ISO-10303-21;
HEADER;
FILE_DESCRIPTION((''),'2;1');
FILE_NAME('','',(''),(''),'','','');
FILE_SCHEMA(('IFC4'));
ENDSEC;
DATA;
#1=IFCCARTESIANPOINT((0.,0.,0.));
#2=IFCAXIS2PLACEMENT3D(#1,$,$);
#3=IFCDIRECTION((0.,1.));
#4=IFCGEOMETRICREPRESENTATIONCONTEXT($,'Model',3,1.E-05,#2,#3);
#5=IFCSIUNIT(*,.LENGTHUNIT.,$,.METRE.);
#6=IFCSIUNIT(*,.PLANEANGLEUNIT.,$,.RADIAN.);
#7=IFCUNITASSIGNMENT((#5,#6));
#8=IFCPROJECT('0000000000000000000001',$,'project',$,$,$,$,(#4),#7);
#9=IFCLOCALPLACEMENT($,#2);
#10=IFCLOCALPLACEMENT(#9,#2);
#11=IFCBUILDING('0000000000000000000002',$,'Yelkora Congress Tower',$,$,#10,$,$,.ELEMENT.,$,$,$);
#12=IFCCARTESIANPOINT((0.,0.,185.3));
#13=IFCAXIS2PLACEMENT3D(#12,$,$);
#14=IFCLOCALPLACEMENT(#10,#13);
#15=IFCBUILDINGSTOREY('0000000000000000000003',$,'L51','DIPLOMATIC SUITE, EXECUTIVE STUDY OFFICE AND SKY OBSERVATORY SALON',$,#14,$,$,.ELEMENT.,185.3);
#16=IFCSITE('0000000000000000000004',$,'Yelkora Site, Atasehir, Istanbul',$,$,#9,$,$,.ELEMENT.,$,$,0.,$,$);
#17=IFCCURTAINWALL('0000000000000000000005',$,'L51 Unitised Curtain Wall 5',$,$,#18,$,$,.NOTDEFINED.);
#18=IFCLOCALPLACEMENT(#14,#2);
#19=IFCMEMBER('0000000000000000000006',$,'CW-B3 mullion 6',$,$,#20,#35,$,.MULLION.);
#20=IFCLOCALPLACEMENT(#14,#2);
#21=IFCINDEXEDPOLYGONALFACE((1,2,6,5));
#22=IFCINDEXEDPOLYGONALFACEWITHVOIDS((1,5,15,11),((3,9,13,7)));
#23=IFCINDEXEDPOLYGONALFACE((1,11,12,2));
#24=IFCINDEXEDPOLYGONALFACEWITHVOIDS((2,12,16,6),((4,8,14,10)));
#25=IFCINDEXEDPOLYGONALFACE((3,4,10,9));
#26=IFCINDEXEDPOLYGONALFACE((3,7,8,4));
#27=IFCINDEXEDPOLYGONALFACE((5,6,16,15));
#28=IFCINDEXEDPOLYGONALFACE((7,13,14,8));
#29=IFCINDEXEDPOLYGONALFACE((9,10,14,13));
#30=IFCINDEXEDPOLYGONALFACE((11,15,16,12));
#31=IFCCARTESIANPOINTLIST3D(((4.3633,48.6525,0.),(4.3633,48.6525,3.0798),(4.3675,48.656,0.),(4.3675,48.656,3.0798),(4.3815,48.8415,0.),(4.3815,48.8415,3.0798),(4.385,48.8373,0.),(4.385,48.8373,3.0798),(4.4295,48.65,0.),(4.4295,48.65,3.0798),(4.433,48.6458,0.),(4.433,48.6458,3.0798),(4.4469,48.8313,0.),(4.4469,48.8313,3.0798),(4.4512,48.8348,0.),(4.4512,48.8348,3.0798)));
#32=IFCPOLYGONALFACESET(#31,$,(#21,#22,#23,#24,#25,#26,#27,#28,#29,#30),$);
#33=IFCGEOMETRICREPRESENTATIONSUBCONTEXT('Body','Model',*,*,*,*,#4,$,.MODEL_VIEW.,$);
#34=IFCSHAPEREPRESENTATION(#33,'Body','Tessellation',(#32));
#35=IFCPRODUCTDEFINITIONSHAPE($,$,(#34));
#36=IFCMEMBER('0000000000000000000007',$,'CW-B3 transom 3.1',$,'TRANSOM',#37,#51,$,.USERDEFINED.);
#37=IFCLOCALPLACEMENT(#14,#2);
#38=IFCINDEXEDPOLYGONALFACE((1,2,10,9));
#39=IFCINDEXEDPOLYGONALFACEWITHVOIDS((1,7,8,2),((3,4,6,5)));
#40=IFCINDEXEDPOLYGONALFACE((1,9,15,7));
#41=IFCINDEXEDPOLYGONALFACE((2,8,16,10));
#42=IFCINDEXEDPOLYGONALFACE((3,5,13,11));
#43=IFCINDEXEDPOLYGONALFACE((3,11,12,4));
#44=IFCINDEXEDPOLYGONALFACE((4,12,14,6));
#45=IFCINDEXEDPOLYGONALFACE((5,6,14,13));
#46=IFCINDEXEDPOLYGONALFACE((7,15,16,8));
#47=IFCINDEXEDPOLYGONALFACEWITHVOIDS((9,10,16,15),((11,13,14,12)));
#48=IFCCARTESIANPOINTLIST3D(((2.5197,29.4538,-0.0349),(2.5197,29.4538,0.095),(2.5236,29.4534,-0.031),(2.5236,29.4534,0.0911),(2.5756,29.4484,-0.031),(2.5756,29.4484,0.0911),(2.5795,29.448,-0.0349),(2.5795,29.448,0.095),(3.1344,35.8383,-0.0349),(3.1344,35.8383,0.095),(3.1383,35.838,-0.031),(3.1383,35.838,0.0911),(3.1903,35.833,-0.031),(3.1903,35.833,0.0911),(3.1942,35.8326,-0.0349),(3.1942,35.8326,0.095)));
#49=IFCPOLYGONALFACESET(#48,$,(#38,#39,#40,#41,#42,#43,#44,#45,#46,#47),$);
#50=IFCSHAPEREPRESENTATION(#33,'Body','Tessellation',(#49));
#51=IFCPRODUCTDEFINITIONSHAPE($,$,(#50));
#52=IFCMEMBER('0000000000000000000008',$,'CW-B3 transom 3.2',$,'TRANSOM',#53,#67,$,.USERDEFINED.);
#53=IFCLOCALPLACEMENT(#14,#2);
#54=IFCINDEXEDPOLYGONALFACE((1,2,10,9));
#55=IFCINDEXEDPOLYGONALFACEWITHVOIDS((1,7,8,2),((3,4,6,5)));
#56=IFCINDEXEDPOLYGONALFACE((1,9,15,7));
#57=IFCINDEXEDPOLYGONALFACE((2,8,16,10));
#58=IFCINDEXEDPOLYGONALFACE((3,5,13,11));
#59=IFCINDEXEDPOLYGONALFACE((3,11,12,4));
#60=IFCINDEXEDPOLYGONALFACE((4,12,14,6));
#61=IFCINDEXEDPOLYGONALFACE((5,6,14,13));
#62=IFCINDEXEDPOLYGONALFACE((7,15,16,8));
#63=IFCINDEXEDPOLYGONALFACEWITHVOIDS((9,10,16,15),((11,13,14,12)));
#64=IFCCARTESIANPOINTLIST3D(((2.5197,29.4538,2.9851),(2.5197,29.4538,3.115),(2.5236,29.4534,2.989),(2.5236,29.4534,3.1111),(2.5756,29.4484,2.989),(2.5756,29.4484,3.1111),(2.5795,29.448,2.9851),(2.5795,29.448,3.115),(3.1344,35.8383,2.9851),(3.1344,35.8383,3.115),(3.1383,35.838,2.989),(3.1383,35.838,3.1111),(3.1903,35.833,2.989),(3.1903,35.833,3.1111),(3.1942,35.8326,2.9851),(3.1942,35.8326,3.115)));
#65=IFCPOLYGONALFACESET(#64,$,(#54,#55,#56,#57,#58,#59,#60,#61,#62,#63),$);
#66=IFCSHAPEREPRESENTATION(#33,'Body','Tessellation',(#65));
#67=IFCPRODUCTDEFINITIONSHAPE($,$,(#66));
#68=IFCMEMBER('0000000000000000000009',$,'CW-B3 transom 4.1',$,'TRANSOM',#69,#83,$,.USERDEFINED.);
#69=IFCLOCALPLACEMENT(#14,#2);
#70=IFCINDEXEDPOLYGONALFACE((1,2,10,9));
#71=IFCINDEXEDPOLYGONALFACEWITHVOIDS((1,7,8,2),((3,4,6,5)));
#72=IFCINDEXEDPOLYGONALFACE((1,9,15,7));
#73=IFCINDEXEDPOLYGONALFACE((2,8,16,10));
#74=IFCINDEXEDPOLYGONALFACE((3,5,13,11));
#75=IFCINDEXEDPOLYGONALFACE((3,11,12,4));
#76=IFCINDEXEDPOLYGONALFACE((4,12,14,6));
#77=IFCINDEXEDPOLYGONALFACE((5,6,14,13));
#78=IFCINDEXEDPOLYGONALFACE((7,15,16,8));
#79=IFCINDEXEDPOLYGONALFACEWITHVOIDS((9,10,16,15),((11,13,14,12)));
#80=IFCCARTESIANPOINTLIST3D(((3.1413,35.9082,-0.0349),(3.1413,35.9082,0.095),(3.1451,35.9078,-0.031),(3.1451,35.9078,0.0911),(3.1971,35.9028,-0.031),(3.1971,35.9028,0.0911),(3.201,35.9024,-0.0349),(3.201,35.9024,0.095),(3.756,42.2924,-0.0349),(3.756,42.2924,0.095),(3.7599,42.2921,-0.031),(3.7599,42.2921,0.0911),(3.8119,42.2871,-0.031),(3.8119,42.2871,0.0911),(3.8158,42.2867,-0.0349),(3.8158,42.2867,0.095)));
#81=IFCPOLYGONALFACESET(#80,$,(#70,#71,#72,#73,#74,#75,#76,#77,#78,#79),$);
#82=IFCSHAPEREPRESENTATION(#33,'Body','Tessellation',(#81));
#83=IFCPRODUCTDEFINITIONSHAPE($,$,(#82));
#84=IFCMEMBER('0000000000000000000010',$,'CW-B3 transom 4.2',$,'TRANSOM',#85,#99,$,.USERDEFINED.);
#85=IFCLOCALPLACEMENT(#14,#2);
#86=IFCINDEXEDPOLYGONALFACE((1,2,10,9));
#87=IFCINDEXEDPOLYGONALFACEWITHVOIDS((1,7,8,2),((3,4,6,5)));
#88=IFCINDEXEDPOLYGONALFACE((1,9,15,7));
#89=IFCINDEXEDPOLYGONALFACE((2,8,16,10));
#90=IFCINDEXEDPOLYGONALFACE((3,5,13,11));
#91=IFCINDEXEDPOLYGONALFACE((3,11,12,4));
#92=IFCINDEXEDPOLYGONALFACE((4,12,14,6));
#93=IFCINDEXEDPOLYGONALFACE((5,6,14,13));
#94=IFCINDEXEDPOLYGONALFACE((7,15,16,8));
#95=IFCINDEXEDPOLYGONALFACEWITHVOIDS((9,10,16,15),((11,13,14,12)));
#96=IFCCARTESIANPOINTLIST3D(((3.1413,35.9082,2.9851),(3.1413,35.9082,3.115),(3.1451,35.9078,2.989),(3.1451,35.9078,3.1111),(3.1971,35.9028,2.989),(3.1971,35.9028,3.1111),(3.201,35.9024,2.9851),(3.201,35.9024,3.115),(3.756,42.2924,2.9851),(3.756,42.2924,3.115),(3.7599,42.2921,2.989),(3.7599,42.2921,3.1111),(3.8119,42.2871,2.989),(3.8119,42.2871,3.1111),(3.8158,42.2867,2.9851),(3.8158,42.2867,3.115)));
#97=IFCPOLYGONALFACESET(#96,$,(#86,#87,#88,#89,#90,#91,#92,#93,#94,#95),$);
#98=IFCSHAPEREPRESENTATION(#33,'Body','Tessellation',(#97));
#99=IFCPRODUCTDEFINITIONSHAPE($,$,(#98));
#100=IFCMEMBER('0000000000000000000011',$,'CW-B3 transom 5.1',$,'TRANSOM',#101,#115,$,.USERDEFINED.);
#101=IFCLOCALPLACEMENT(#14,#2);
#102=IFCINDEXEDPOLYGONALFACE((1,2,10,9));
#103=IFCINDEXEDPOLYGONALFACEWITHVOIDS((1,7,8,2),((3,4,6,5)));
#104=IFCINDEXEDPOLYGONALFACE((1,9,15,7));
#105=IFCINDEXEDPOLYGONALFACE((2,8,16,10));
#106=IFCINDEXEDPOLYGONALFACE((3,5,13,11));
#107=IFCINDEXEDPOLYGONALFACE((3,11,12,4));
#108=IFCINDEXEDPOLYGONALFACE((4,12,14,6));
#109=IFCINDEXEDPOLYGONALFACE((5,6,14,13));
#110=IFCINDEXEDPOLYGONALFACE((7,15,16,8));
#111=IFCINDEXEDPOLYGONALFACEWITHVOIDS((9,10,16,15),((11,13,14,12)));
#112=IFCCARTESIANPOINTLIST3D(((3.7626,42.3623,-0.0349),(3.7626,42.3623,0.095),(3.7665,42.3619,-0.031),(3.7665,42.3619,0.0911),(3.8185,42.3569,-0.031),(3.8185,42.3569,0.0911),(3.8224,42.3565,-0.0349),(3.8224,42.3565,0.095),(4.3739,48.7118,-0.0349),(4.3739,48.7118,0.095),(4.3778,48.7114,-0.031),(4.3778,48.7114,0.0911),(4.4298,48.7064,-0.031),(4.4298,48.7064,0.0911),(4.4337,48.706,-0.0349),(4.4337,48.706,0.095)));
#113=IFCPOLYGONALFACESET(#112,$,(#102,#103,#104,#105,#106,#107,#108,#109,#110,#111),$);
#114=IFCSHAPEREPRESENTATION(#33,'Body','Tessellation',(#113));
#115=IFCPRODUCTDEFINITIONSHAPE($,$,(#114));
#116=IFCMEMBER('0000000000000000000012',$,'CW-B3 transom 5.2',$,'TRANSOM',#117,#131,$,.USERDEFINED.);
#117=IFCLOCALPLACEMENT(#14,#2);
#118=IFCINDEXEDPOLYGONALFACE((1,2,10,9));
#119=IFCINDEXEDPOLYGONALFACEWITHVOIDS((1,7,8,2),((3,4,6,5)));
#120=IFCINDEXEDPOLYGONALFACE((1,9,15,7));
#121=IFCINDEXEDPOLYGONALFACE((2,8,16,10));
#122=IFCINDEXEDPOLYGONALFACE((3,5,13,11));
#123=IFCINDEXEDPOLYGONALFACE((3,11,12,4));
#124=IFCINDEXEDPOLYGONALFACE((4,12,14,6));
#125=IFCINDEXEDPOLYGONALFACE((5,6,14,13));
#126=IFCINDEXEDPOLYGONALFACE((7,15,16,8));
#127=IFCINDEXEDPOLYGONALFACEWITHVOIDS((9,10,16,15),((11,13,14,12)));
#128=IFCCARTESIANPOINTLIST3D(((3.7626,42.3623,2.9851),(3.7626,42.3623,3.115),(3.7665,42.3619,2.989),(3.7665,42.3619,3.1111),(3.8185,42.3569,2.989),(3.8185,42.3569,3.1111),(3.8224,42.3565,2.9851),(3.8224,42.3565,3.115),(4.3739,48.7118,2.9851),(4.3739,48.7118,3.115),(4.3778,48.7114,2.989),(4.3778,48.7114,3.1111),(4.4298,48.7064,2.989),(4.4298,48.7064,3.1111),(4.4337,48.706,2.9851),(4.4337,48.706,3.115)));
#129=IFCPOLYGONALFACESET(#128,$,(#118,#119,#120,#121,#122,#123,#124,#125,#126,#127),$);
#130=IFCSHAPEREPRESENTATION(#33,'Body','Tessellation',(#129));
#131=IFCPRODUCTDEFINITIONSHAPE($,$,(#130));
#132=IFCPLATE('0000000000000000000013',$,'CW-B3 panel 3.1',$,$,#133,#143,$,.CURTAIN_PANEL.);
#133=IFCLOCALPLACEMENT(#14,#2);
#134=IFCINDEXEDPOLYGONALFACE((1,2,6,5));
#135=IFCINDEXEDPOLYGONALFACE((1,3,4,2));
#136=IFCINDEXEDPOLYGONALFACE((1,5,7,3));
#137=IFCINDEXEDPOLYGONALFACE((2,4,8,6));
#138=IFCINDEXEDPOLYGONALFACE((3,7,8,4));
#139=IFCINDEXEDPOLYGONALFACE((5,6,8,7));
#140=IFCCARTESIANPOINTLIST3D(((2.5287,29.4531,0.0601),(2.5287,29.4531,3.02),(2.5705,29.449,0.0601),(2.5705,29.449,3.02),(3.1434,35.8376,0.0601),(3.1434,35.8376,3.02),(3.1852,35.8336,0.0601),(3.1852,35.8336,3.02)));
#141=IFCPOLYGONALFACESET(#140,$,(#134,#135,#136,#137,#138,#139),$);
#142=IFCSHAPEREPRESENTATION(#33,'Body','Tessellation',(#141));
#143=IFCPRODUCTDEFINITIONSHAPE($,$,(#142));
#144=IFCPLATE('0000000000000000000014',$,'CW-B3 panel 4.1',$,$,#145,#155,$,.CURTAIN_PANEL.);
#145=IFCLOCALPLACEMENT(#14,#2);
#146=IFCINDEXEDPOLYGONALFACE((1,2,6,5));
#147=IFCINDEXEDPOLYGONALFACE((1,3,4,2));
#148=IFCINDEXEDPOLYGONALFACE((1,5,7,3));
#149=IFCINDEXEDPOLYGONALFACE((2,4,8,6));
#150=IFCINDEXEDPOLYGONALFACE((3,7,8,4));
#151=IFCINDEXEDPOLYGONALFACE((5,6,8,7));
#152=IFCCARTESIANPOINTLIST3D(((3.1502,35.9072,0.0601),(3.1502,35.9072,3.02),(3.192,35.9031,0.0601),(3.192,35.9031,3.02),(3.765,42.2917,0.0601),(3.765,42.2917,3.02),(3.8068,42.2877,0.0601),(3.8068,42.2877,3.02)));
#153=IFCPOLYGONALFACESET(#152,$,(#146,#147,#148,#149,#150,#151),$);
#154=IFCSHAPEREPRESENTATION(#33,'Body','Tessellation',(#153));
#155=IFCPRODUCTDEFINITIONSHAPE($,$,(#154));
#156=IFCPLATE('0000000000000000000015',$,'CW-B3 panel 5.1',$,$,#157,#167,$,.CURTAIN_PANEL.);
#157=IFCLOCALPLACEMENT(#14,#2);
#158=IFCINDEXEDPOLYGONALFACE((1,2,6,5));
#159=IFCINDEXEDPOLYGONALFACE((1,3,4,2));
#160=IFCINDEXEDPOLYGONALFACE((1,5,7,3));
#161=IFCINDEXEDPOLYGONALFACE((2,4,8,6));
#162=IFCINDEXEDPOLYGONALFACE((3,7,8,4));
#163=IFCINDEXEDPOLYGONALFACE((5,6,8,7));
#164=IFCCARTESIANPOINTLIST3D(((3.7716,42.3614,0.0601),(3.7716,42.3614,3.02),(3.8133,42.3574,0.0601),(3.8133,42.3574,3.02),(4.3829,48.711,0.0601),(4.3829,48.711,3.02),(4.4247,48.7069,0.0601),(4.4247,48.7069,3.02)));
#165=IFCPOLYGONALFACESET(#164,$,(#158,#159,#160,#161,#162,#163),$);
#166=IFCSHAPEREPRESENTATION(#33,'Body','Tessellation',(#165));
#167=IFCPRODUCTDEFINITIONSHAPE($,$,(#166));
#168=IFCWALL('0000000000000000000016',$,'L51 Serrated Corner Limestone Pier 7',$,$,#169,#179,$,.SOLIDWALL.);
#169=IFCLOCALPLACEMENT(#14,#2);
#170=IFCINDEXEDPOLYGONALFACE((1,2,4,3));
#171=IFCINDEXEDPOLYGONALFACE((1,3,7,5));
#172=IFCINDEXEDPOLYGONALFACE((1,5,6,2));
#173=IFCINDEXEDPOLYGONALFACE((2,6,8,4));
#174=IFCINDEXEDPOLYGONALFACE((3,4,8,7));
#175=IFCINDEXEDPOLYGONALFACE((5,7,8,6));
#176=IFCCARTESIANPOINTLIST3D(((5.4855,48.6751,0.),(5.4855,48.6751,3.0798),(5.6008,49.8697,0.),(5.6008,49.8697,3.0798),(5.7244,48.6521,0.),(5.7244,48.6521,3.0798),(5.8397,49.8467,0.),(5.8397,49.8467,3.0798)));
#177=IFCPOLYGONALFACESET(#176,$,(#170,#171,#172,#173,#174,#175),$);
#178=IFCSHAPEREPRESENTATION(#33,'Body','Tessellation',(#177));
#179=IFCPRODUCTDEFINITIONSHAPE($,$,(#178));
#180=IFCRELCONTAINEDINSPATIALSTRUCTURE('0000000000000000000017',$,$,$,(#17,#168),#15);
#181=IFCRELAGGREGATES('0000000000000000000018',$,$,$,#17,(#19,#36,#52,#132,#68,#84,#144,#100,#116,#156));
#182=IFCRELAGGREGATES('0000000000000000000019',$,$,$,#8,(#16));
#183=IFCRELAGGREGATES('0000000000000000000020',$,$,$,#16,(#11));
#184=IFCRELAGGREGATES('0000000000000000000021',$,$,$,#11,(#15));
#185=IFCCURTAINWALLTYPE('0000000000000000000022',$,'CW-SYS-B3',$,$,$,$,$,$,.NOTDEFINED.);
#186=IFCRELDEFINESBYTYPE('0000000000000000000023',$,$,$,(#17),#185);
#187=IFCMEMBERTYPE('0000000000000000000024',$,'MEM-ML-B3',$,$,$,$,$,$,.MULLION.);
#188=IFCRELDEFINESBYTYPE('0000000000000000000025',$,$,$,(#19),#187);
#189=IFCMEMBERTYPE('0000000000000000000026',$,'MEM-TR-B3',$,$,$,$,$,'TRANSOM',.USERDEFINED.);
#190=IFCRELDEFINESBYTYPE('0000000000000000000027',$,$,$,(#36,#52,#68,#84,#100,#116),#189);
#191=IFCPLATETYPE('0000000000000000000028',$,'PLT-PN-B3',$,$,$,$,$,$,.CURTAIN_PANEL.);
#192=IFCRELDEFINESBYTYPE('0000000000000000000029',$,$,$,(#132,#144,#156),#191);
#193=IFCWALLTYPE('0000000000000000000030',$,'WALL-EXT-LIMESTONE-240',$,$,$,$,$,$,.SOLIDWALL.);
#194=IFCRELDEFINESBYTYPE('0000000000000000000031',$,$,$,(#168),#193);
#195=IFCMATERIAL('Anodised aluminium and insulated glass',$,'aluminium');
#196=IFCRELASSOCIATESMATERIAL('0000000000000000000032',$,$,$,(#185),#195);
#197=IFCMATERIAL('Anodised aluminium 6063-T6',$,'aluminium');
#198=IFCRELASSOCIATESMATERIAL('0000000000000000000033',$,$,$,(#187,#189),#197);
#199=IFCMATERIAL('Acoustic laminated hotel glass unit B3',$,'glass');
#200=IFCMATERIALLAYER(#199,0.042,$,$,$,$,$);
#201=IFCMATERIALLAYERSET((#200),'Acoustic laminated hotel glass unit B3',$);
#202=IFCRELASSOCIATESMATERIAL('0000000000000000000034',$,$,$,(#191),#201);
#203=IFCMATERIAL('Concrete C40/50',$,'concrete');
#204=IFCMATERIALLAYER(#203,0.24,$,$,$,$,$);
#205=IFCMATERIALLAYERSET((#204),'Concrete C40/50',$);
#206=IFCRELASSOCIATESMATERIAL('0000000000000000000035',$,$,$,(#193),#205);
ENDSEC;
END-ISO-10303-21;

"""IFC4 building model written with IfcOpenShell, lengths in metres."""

from ifc_helpers import new_model, si_unit, direction, frame, frame_2d, origin, origin_2d, place, context, subcontext, project, spatial, rectangle, hollow_rectangle, extrude, material, layer, layer_set, material_profile, profile_set, type_object, element, aggregate, save


model = new_model("IFC4")

# Units and contexts
model_context = context("Model", 3, precision=1e-05, world=origin(), true_north=direction((0.0, 1.0)))
body_context = subcontext(model_context, "Body", "Model", "MODEL_VIEW")
ifc_project = project(units=[si_unit("LENGTHUNIT", "METRE"), si_unit("PLANEANGLEUNIT", "RADIAN")], contexts=[model_context])

# Site, building, storey
site_placement = place(None, origin())
site = spatial("IfcSite", under=ifc_project, at=site_placement, Name="Yelkora Site, Atasehir, Istanbul", CompositionType="ELEMENT", RefElevation=0.0)
building_placement = place(site_placement, origin())
building = spatial("IfcBuilding", under=site, at=building_placement, Name="Yelkora Congress Tower", CompositionType="ELEMENT")
storey_placement = place(building_placement, frame((0.0, 0.0, 185.3)))
storey = spatial("IfcBuildingStorey", under=building, at=storey_placement, Name="L51", Description="DIPLOMATIC SUITE, EXECUTIVE STUDY OFFICE AND SKY OBSERVATORY SALON", CompositionType="ELEMENT", Elevation=185.3)

# Curtain wall, members, plates
ifc_material_1 = material(Name="Anodised aluminium and insulated glass", Category="aluminium")
curtain_wall_type = type_object("IfcCurtainWallType", Name="CW-SYS-B3", PredefinedType="NOTDEFINED", material=ifc_material_1)
curtain_wall_placement = place(storey_placement, origin())
curtain_wall = element("IfcCurtainWall", 1, at=curtain_wall_placement, inside=storey, type_object=curtain_wall_type, Name="L51 Unitised Curtain Wall 5", PredefinedType="NOTDEFINED")
ifc_material_2 = material(Name="Anodised aluminium 6063-T6", Category="aluminium")
ifc_material_profile_1 = material_profile(ifc_material_2, hollow_rectangle(XDim=0.0701, YDim=0.1899, WallThickness=0.0039, at=origin_2d()), Name="ALU 70x190x4")
ifc_profile_set_1 = profile_set([ifc_material_profile_1], Name="Anodised aluminium 6063-T6")
member_type_1 = type_object("IfcMemberType", Name="MEM-ML-B3", PredefinedType="MULLION", material=ifc_profile_set_1)
member_1_placement = place(storey_placement, frame((4.4072, 48.7437, 0.0), z_axis=(0.0, 0.0, 1.0), x_axis=(-0.995396, 0.095845, 0.0)))
member_1 = element("IfcMember", 2, at=member_1_placement, type_object=member_type_1, Name="CW-B3 mullion 6", PredefinedType="MULLION", context=body_context, shape_type="SweptSolid", body=[
    extrude(hollow_rectangle(XDim=0.0701, YDim=0.1899, WallThickness=0.0039, at=origin_2d()), origin(), (0.0, 0.0, 1.0), 3.0798),
])
ifc_material_profile_2 = material_profile(ifc_material_2, hollow_rectangle(XDim=0.0601, YDim=0.1299, WallThickness=0.0039, at=origin_2d()), Name="ALU 60x130x4")
ifc_profile_set_2 = profile_set([ifc_material_profile_2], Name="Anodised aluminium 6063-T6")
member_type_2 = type_object("IfcMemberType", Name="MEM-TR-B3", ElementType="TRANSOM", PredefinedType="USERDEFINED", material=ifc_profile_set_2)
member_2_placement = place(storey_placement, frame((2.5496, 29.4509, 0.03), z_axis=(0.095844, 0.995396, 0.0), x_axis=(-0.995396, 0.095844, 0.0)))
member_2 = element("IfcMember", 3, at=member_2_placement, type_object=member_type_2, Name="CW-B3 transom 3.1", ObjectType="TRANSOM", PredefinedType="USERDEFINED", context=body_context, shape_type="SweptSolid", body=[
    extrude(hollow_rectangle(XDim=0.0601, YDim=0.1299, WallThickness=0.0039, at=origin_2d()), origin(), (0.0, 0.0, 1.0), 6.4141),
])
member_3_placement = place(storey_placement, frame((2.5496, 29.4509, 3.05), z_axis=(0.095844, 0.995396, 0.0), x_axis=(-0.995396, 0.095844, 0.0)))
member_3 = element("IfcMember", 4, at=member_3_placement, type_object=member_type_2, Name="CW-B3 transom 3.2", ObjectType="TRANSOM", PredefinedType="USERDEFINED", context=body_context, shape_type="SweptSolid", body=[
    extrude(hollow_rectangle(XDim=0.0601, YDim=0.1299, WallThickness=0.0039, at=origin_2d()), origin(), (0.0, 0.0, 1.0), 6.4141),
])
member_4_placement = place(storey_placement, frame((3.1711, 35.9053, 0.03), z_axis=(0.095847, 0.995396, 0.0), x_axis=(-0.995396, 0.095847, 0.0)))
member_4 = element("IfcMember", 5, at=member_4_placement, type_object=member_type_2, Name="CW-B3 transom 4.1", ObjectType="TRANSOM", PredefinedType="USERDEFINED", context=body_context, shape_type="SweptSolid", body=[
    extrude(hollow_rectangle(XDim=0.0601, YDim=0.1299, WallThickness=0.0039, at=origin_2d()), origin(), (0.0, 0.0, 1.0), 6.4138),
])
member_5_placement = place(storey_placement, frame((3.1711, 35.9053, 3.05), z_axis=(0.095847, 0.995396, 0.0), x_axis=(-0.995396, 0.095847, 0.0)))
member_5 = element("IfcMember", 6, at=member_5_placement, type_object=member_type_2, Name="CW-B3 transom 4.2", ObjectType="TRANSOM", PredefinedType="USERDEFINED", context=body_context, shape_type="SweptSolid", body=[
    extrude(hollow_rectangle(XDim=0.0601, YDim=0.1299, WallThickness=0.0039, at=origin_2d()), origin(), (0.0, 0.0, 1.0), 6.4138),
])
member_6_placement = place(storey_placement, frame((3.7925, 42.3594, 0.03), z_axis=(0.095835, 0.995397, 0.0), x_axis=(-0.995397, 0.095835, 0.0)))
member_6 = element("IfcMember", 7, at=member_6_placement, type_object=member_type_2, Name="CW-B3 transom 5.1", ObjectType="TRANSOM", PredefinedType="USERDEFINED", context=body_context, shape_type="SweptSolid", body=[
    extrude(hollow_rectangle(XDim=0.0601, YDim=0.1299, WallThickness=0.0039, at=origin_2d()), origin(), (0.0, 0.0, 1.0), 6.3789),
])
member_7_placement = place(storey_placement, frame((3.7925, 42.3594, 3.05), z_axis=(0.095835, 0.995397, 0.0), x_axis=(-0.995397, 0.095835, 0.0)))
member_7 = element("IfcMember", 8, at=member_7_placement, type_object=member_type_2, Name="CW-B3 transom 5.2", ObjectType="TRANSOM", PredefinedType="USERDEFINED", context=body_context, shape_type="SweptSolid", body=[
    extrude(hollow_rectangle(XDim=0.0601, YDim=0.1299, WallThickness=0.0039, at=origin_2d()), origin(), (0.0, 0.0, 1.0), 6.3789),
])
ifc_material_3 = material(Name="Acoustic laminated hotel glass unit B3", Category="glass")
ifc_layer_1 = layer(ifc_material_3, 0.042)
ifc_layer_set_1 = layer_set([ifc_layer_1], Name="Acoustic laminated hotel glass unit B3")
plate_type = type_object("IfcPlateType", Name="PLT-PN-B3", PredefinedType="CURTAIN_PANEL", material=ifc_layer_set_1)
plate_1_placement = place(storey_placement, frame((2.8569, 32.6433, 0.0601), z_axis=(0.0, 0.0, 1.0), x_axis=(0.095845, 0.995396, 0.0)))
plate_1 = element("IfcPlate", 9, at=plate_1_placement, type_object=plate_type, Name="CW-B3 panel 3.1", PredefinedType="CURTAIN_PANEL", context=body_context, shape_type="SweptSolid", body=[
    extrude(rectangle(XDim=6.4141, YDim=0.042, at=origin_2d()), origin(), (0.0, 0.0, 1.0), 2.96),
])
plate_2_placement = place(storey_placement, frame((3.4785, 39.0974, 0.0601), z_axis=(0.0, 0.0, 1.0), x_axis=(0.095845, 0.995396, 0.0)))
plate_2 = element("IfcPlate", 10, at=plate_2_placement, type_object=plate_type, Name="CW-B3 panel 4.1", PredefinedType="CURTAIN_PANEL", context=body_context, shape_type="SweptSolid", body=[
    extrude(rectangle(XDim=6.4141, YDim=0.042, at=origin_2d()), origin(), (0.0, 0.0, 1.0), 2.96),
])
plate_3_placement = place(storey_placement, frame((4.0981, 45.5342, 0.0601), z_axis=(0.0, 0.0, 1.0), x_axis=(0.095845, 0.995396, 0.0)))
plate_3 = element("IfcPlate", 11, at=plate_3_placement, type_object=plate_type, Name="CW-B3 panel 5.1", PredefinedType="CURTAIN_PANEL", context=body_context, shape_type="SweptSolid", body=[
    extrude(rectangle(XDim=6.3789, YDim=0.042, at=origin_2d()), origin(), (0.0, 0.0, 1.0), 2.96),
])
aggregate(curtain_wall, [member_1, member_2, member_3, plate_1, member_4, member_5, plate_2, member_6, member_7, plate_3])

# Wall
ifc_material_4 = material(Name="Concrete C40/50", Category="concrete")
ifc_layer_2 = layer(ifc_material_4, 0.24)
ifc_layer_set_2 = layer_set([ifc_layer_2], Name="Concrete C40/50")
wall_type_1 = type_object("IfcWallType", Name="WALL-EXT-LIMESTONE-240", PredefinedType="SOLIDWALL", material=ifc_layer_set_2)
wall_1_placement = place(storey_placement, frame((5.605, 48.6636, 0.0), z_axis=(0.0, 0.0, 1.0), x_axis=(0.096019, 0.99538, 0.0)))
element("IfcWall", 12, at=wall_1_placement, inside=storey, type_object=wall_type_1, Name="L51 Serrated Corner Limestone Pier 7", PredefinedType="SOLIDWALL", context=body_context, shape_type="SweptSolid", body=[
    extrude(rectangle(XDim=1.2002, YDim=0.24, at=frame_2d((0.6001, 0.0))), origin(), (0.0, 0.0, 1.0), 3.0798),
])

save(model, "model.ifc")
